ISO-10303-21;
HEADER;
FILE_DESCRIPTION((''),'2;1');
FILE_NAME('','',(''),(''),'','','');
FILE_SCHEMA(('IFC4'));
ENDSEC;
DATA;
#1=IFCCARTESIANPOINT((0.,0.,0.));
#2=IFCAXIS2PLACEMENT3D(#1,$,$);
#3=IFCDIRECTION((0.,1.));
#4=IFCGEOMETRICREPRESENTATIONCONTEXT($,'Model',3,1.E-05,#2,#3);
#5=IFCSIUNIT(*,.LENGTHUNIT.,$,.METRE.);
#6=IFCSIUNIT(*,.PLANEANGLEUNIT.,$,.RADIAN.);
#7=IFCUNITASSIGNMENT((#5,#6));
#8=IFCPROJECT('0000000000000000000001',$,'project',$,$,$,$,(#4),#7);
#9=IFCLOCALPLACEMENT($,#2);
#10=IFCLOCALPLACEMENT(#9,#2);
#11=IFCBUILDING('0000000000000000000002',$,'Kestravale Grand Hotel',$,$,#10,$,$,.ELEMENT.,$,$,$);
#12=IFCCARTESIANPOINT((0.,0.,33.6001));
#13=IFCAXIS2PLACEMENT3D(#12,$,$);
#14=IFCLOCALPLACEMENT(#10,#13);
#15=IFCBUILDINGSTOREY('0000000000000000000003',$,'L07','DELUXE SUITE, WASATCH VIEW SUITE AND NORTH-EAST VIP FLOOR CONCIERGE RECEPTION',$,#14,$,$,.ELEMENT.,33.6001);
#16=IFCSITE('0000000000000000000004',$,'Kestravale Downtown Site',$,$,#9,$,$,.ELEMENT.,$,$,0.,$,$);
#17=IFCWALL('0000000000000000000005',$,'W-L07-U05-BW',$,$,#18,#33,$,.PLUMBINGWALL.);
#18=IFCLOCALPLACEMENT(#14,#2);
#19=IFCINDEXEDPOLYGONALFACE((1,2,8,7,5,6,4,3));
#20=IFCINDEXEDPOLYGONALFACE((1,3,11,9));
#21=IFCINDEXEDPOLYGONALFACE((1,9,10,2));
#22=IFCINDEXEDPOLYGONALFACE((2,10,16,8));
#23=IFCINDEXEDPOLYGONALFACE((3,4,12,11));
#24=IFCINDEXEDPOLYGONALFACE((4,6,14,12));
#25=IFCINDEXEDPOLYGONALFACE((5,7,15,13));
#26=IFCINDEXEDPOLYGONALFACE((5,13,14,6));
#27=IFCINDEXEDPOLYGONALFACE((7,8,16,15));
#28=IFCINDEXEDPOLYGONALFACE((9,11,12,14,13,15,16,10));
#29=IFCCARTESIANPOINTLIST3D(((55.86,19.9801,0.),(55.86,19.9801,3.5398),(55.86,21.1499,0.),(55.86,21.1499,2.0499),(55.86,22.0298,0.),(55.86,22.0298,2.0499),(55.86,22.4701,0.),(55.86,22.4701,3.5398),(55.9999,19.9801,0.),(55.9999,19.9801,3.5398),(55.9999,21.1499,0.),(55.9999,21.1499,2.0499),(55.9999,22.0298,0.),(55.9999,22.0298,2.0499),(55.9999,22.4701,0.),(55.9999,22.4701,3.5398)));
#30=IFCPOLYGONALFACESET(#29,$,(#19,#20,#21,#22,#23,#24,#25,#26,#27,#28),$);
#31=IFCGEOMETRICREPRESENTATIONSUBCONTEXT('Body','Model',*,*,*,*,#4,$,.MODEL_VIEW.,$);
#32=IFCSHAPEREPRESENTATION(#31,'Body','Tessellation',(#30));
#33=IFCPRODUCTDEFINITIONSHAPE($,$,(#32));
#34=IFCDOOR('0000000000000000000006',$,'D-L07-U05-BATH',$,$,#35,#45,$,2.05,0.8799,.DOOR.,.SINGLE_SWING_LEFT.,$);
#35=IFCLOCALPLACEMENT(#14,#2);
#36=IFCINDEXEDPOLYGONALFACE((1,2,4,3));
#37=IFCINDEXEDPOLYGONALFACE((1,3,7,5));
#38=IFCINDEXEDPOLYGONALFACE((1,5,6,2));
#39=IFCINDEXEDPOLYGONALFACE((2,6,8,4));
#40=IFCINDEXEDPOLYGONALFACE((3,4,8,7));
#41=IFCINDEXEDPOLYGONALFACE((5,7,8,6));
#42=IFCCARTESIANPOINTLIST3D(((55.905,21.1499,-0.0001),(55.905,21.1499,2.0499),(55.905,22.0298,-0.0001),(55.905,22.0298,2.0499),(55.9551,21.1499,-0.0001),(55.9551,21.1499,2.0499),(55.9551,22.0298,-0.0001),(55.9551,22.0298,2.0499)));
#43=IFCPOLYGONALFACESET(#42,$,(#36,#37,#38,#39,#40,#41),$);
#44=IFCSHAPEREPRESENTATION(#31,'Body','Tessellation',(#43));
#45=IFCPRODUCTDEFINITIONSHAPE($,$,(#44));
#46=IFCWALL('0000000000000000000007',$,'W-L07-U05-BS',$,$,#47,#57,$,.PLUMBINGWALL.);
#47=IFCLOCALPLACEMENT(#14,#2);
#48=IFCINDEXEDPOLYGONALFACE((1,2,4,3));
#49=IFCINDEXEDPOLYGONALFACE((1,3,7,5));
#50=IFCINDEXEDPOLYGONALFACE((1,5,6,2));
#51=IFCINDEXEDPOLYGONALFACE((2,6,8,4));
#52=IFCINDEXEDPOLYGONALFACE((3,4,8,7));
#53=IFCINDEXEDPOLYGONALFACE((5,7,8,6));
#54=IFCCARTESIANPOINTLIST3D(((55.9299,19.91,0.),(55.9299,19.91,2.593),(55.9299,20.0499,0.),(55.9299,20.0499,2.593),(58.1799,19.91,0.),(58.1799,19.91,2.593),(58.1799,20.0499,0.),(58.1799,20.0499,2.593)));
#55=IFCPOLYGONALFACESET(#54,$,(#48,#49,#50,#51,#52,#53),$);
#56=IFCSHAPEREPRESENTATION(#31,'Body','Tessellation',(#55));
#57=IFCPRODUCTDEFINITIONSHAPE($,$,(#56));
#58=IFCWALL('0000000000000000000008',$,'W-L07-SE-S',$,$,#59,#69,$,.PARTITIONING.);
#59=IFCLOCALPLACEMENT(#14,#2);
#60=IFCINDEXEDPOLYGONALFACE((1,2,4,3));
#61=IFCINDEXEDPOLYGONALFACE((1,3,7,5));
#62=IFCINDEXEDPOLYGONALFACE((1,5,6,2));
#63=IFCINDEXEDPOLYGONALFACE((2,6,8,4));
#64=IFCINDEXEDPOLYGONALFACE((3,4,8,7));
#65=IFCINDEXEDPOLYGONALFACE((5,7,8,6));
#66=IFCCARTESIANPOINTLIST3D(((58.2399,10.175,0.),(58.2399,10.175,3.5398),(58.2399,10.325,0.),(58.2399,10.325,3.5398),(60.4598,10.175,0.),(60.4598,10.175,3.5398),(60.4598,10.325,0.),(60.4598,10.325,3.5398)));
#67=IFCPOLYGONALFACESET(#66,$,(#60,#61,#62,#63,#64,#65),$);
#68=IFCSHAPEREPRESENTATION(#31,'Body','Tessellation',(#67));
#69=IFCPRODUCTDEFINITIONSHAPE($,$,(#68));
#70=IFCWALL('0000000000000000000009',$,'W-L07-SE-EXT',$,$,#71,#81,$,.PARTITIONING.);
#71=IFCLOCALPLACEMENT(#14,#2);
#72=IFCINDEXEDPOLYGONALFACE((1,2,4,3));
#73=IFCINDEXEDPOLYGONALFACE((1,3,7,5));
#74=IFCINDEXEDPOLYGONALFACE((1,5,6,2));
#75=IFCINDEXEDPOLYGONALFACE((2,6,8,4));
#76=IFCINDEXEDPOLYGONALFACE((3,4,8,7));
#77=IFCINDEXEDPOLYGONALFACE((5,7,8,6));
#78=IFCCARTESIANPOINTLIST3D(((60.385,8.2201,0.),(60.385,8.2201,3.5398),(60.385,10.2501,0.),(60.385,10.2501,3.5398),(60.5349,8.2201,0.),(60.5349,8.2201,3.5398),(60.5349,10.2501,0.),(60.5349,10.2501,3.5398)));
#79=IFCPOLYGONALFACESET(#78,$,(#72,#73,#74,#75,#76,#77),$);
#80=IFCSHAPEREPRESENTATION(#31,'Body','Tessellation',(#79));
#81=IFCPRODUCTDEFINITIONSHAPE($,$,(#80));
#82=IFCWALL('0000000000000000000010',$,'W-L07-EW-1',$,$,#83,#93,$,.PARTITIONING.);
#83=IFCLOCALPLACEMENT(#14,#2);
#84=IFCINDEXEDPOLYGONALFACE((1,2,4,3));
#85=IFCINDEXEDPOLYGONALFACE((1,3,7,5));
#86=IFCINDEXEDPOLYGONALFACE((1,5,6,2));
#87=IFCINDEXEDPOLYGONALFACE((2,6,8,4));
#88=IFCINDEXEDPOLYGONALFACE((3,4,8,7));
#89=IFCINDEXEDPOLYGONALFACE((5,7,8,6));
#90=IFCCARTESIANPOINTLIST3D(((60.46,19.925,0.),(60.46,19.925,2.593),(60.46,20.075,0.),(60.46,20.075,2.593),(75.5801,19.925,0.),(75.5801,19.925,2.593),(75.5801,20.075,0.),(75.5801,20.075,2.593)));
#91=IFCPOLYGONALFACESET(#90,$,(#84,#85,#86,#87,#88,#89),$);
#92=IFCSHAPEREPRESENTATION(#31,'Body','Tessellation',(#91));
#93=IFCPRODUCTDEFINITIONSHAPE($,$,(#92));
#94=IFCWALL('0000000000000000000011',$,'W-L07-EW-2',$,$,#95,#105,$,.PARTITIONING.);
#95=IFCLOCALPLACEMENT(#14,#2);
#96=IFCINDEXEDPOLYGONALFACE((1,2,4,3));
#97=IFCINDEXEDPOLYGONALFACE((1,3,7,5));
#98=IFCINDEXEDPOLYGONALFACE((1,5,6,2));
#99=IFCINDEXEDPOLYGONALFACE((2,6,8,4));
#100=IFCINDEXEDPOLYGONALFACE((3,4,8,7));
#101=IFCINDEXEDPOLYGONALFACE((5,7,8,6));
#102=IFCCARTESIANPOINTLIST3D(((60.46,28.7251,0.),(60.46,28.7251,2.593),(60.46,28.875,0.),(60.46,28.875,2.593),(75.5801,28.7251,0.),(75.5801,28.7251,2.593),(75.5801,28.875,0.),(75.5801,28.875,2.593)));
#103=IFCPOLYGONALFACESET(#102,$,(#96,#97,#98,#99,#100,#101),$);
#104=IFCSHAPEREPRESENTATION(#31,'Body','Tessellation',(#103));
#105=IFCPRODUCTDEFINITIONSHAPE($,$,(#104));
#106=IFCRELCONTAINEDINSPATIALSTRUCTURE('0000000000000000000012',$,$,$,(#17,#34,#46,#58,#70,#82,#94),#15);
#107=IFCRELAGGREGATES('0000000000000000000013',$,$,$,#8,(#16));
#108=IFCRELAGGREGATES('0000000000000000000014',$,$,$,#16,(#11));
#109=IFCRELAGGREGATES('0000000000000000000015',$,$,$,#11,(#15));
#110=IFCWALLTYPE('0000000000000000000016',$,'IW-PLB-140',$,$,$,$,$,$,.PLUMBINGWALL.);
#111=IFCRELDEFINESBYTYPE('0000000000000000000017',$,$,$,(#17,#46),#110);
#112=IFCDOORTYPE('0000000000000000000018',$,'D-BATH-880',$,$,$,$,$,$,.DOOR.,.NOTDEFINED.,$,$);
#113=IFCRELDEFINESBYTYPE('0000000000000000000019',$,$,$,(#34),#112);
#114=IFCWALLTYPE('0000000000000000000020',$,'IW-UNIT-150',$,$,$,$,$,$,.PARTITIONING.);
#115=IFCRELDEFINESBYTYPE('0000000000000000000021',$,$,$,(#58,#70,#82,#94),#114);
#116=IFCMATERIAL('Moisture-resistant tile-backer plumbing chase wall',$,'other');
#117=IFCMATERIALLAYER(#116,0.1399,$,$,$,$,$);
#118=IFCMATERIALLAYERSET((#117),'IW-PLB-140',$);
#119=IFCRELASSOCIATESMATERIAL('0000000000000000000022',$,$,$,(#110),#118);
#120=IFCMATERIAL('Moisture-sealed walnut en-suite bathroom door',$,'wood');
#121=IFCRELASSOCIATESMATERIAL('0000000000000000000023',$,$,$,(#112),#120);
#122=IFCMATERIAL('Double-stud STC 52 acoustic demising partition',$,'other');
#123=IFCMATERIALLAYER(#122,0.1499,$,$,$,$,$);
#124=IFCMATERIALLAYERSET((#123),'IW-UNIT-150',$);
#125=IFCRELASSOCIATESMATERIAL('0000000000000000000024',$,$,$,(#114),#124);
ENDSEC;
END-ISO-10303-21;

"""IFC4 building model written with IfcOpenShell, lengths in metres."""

from ifc_helpers import new_model, si_unit, direction, frame, frame_2d, origin, place, context, subcontext, project, spatial, rectangle, extrude, material, layer, layer_set, type_object, element, fill, save


model = new_model("IFC4")

# Units and contexts
model_context = context("Model", 3, precision=1e-05, world=origin(), true_north=direction((0.0, 1.0)))
body_context = subcontext(model_context, "Body", "Model", "MODEL_VIEW")
ifc_project = project(units=[si_unit("LENGTHUNIT", "METRE"), si_unit("PLANEANGLEUNIT", "RADIAN")], contexts=[model_context])

# Site, building, storey
site_placement = place(None, origin())
site = spatial("IfcSite", under=ifc_project, at=site_placement, Name="Kestravale Downtown Site", CompositionType="ELEMENT", RefElevation=0.0)
building_placement = place(site_placement, origin())
building = spatial("IfcBuilding", under=site, at=building_placement, Name="Kestravale Grand Hotel", CompositionType="ELEMENT")
storey_placement = place(building_placement, frame((0.0, 0.0, 33.6001)))
storey = spatial("IfcBuildingStorey", under=building, at=storey_placement, Name="L07", Description="DELUXE SUITE, WASATCH VIEW SUITE AND NORTH-EAST VIP FLOOR CONCIERGE RECEPTION", CompositionType="ELEMENT", Elevation=33.6001)

# Wall, opening, door
ifc_material_1 = material(Name="Moisture-resistant tile-backer plumbing chase wall", Category="other")
ifc_layer_1 = layer(ifc_material_1, 0.1399)
ifc_layer_set_1 = layer_set([ifc_layer_1], Name="IW-PLB-140")
wall_type_1 = type_object("IfcWallType", Name="IW-PLB-140", PredefinedType="PLUMBINGWALL", material=ifc_layer_set_1)
wall_1_placement = place(storey_placement, frame((55.9299, 19.98, 0.0), z_axis=(0.0, 0.0, 1.0), x_axis=(0.0, 1.0, 0.0)))
wall_1 = element("IfcWall", 1, at=wall_1_placement, inside=storey, type_object=wall_type_1, Name="W-L07-U05-BW", PredefinedType="PLUMBINGWALL", context=body_context, shape_type="SweptSolid", body=[
    extrude(rectangle(XDim=2.49, YDim=0.1399, at=frame_2d((1.2451, 0.0))), origin(), (0.0, 0.0, 1.0), 3.5398),
])
opening_1_placement = place(wall_1_placement, frame((1.1699, 0.0, 0.0)))
opening_1 = element("IfcOpeningElement", 2, at=opening_1_placement, cuts=wall_1, PredefinedType="OPENING", context=body_context, shape_type="SweptSolid", body=[
    extrude(rectangle(XDim=0.8799, YDim=2.05, at=frame_2d((0.4399, 1.0249))), frame((0.0, 0.0798, 0.0), z_axis=(0.0, -1.0, 0.0), x_axis=(1.0, 0.0, 0.0)), (0.0, 0.0, 1.0), 0.1599),
])
ifc_material_2 = material(Name="Moisture-sealed walnut en-suite bathroom door", Category="wood")
door_type_1 = type_object("IfcDoorType", Name="D-BATH-880", OperationType="NOTDEFINED", PredefinedType="DOOR", material=ifc_material_2)
door_1_placement = place(opening_1_placement, origin())
door_1 = element("IfcDoor", 3, at=door_1_placement, inside=storey, type_object=door_type_1, Name="D-L07-U05-BATH", OperationType="SINGLE_SWING_LEFT", OverallHeight=2.05, OverallWidth=0.8799, PredefinedType="DOOR", context=body_context, shape_type="SweptSolid", body=[
    extrude(rectangle(XDim=0.8799, YDim=2.05, at=frame_2d((0.4399, 1.0249))), frame((0.0, 0.0249, 0.0), z_axis=(0.0, -1.0, 0.0), x_axis=(1.0, 0.0, 0.0)), (0.0, 0.0, 1.0), 0.05),
])
fill(opening_1, door_1)

# Walls
wall_2_placement = place(storey_placement, frame((55.9299, 19.98, 0.0), z_axis=(0.0, 0.0, 1.0), x_axis=(1.0, 0.0, 0.0)))
element("IfcWall", 4, at=wall_2_placement, inside=storey, type_object=wall_type_1, Name="W-L07-U05-BS", PredefinedType="PLUMBINGWALL", context=body_context, shape_type="SweptSolid", body=[
    extrude(rectangle(XDim=2.25, YDim=0.1399, at=frame_2d((1.125, 0.0))), origin(), (0.0, 0.0, 1.0), 2.593),
])
ifc_material_3 = material(Name="Double-stud STC 52 acoustic demising partition", Category="other")
ifc_layer_2 = layer(ifc_material_3, 0.1499)
ifc_layer_set_2 = layer_set([ifc_layer_2], Name="IW-UNIT-150")
wall_type_2 = type_object("IfcWallType", Name="IW-UNIT-150", PredefinedType="PARTITIONING", material=ifc_layer_set_2)
wall_3_placement = place(storey_placement, frame((58.24, 10.25, 0.0), z_axis=(0.0, 0.0, 1.0), x_axis=(1.0, 0.0, 0.0)))
element("IfcWall", 5, at=wall_3_placement, inside=storey, type_object=wall_type_2, Name="W-L07-SE-S", PredefinedType="PARTITIONING", context=body_context, shape_type="SweptSolid", body=[
    extrude(rectangle(XDim=2.22, YDim=0.1499, at=frame_2d((1.1099, 0.0))), origin(), (0.0, 0.0, 1.0), 3.5398),
])
wall_4_placement = place(storey_placement, frame((60.46, 8.22, 0.0), z_axis=(0.0, 0.0, 1.0), x_axis=(0.0, 1.0, 0.0)))
element("IfcWall", 6, at=wall_4_placement, inside=storey, type_object=wall_type_2, Name="W-L07-SE-EXT", PredefinedType="PARTITIONING", context=body_context, shape_type="SweptSolid", body=[
    extrude(rectangle(XDim=2.03, YDim=0.1499, at=frame_2d((1.0151, 0.0))), origin(), (0.0, 0.0, 1.0), 3.5398),
])
for number, where, z_axis, x_axis, name in (
    (7, (60.46, 20.0, 0.0), (0.0, 0.0, 1.0), (1.0, 0.0, 0.0), "W-L07-EW-1"),
    (8, (60.46, 28.8, 0.0), (0.0, 0.0, 1.0), (1.0, 0.0, 0.0), "W-L07-EW-2"),
):
    element("IfcWall", number, at=place(storey_placement, frame(where, z_axis=z_axis, x_axis=x_axis)), inside=storey, type_object=wall_type_2, Name=name, PredefinedType="PARTITIONING", context=body_context, shape_type="SweptSolid", body=[
        extrude(rectangle(XDim=15.1201, YDim=0.1499, at=frame_2d((7.5601, 0.0))), origin(), (0.0, 0.0, 1.0), 2.593),
    ])

save(model, "model.ifc")
